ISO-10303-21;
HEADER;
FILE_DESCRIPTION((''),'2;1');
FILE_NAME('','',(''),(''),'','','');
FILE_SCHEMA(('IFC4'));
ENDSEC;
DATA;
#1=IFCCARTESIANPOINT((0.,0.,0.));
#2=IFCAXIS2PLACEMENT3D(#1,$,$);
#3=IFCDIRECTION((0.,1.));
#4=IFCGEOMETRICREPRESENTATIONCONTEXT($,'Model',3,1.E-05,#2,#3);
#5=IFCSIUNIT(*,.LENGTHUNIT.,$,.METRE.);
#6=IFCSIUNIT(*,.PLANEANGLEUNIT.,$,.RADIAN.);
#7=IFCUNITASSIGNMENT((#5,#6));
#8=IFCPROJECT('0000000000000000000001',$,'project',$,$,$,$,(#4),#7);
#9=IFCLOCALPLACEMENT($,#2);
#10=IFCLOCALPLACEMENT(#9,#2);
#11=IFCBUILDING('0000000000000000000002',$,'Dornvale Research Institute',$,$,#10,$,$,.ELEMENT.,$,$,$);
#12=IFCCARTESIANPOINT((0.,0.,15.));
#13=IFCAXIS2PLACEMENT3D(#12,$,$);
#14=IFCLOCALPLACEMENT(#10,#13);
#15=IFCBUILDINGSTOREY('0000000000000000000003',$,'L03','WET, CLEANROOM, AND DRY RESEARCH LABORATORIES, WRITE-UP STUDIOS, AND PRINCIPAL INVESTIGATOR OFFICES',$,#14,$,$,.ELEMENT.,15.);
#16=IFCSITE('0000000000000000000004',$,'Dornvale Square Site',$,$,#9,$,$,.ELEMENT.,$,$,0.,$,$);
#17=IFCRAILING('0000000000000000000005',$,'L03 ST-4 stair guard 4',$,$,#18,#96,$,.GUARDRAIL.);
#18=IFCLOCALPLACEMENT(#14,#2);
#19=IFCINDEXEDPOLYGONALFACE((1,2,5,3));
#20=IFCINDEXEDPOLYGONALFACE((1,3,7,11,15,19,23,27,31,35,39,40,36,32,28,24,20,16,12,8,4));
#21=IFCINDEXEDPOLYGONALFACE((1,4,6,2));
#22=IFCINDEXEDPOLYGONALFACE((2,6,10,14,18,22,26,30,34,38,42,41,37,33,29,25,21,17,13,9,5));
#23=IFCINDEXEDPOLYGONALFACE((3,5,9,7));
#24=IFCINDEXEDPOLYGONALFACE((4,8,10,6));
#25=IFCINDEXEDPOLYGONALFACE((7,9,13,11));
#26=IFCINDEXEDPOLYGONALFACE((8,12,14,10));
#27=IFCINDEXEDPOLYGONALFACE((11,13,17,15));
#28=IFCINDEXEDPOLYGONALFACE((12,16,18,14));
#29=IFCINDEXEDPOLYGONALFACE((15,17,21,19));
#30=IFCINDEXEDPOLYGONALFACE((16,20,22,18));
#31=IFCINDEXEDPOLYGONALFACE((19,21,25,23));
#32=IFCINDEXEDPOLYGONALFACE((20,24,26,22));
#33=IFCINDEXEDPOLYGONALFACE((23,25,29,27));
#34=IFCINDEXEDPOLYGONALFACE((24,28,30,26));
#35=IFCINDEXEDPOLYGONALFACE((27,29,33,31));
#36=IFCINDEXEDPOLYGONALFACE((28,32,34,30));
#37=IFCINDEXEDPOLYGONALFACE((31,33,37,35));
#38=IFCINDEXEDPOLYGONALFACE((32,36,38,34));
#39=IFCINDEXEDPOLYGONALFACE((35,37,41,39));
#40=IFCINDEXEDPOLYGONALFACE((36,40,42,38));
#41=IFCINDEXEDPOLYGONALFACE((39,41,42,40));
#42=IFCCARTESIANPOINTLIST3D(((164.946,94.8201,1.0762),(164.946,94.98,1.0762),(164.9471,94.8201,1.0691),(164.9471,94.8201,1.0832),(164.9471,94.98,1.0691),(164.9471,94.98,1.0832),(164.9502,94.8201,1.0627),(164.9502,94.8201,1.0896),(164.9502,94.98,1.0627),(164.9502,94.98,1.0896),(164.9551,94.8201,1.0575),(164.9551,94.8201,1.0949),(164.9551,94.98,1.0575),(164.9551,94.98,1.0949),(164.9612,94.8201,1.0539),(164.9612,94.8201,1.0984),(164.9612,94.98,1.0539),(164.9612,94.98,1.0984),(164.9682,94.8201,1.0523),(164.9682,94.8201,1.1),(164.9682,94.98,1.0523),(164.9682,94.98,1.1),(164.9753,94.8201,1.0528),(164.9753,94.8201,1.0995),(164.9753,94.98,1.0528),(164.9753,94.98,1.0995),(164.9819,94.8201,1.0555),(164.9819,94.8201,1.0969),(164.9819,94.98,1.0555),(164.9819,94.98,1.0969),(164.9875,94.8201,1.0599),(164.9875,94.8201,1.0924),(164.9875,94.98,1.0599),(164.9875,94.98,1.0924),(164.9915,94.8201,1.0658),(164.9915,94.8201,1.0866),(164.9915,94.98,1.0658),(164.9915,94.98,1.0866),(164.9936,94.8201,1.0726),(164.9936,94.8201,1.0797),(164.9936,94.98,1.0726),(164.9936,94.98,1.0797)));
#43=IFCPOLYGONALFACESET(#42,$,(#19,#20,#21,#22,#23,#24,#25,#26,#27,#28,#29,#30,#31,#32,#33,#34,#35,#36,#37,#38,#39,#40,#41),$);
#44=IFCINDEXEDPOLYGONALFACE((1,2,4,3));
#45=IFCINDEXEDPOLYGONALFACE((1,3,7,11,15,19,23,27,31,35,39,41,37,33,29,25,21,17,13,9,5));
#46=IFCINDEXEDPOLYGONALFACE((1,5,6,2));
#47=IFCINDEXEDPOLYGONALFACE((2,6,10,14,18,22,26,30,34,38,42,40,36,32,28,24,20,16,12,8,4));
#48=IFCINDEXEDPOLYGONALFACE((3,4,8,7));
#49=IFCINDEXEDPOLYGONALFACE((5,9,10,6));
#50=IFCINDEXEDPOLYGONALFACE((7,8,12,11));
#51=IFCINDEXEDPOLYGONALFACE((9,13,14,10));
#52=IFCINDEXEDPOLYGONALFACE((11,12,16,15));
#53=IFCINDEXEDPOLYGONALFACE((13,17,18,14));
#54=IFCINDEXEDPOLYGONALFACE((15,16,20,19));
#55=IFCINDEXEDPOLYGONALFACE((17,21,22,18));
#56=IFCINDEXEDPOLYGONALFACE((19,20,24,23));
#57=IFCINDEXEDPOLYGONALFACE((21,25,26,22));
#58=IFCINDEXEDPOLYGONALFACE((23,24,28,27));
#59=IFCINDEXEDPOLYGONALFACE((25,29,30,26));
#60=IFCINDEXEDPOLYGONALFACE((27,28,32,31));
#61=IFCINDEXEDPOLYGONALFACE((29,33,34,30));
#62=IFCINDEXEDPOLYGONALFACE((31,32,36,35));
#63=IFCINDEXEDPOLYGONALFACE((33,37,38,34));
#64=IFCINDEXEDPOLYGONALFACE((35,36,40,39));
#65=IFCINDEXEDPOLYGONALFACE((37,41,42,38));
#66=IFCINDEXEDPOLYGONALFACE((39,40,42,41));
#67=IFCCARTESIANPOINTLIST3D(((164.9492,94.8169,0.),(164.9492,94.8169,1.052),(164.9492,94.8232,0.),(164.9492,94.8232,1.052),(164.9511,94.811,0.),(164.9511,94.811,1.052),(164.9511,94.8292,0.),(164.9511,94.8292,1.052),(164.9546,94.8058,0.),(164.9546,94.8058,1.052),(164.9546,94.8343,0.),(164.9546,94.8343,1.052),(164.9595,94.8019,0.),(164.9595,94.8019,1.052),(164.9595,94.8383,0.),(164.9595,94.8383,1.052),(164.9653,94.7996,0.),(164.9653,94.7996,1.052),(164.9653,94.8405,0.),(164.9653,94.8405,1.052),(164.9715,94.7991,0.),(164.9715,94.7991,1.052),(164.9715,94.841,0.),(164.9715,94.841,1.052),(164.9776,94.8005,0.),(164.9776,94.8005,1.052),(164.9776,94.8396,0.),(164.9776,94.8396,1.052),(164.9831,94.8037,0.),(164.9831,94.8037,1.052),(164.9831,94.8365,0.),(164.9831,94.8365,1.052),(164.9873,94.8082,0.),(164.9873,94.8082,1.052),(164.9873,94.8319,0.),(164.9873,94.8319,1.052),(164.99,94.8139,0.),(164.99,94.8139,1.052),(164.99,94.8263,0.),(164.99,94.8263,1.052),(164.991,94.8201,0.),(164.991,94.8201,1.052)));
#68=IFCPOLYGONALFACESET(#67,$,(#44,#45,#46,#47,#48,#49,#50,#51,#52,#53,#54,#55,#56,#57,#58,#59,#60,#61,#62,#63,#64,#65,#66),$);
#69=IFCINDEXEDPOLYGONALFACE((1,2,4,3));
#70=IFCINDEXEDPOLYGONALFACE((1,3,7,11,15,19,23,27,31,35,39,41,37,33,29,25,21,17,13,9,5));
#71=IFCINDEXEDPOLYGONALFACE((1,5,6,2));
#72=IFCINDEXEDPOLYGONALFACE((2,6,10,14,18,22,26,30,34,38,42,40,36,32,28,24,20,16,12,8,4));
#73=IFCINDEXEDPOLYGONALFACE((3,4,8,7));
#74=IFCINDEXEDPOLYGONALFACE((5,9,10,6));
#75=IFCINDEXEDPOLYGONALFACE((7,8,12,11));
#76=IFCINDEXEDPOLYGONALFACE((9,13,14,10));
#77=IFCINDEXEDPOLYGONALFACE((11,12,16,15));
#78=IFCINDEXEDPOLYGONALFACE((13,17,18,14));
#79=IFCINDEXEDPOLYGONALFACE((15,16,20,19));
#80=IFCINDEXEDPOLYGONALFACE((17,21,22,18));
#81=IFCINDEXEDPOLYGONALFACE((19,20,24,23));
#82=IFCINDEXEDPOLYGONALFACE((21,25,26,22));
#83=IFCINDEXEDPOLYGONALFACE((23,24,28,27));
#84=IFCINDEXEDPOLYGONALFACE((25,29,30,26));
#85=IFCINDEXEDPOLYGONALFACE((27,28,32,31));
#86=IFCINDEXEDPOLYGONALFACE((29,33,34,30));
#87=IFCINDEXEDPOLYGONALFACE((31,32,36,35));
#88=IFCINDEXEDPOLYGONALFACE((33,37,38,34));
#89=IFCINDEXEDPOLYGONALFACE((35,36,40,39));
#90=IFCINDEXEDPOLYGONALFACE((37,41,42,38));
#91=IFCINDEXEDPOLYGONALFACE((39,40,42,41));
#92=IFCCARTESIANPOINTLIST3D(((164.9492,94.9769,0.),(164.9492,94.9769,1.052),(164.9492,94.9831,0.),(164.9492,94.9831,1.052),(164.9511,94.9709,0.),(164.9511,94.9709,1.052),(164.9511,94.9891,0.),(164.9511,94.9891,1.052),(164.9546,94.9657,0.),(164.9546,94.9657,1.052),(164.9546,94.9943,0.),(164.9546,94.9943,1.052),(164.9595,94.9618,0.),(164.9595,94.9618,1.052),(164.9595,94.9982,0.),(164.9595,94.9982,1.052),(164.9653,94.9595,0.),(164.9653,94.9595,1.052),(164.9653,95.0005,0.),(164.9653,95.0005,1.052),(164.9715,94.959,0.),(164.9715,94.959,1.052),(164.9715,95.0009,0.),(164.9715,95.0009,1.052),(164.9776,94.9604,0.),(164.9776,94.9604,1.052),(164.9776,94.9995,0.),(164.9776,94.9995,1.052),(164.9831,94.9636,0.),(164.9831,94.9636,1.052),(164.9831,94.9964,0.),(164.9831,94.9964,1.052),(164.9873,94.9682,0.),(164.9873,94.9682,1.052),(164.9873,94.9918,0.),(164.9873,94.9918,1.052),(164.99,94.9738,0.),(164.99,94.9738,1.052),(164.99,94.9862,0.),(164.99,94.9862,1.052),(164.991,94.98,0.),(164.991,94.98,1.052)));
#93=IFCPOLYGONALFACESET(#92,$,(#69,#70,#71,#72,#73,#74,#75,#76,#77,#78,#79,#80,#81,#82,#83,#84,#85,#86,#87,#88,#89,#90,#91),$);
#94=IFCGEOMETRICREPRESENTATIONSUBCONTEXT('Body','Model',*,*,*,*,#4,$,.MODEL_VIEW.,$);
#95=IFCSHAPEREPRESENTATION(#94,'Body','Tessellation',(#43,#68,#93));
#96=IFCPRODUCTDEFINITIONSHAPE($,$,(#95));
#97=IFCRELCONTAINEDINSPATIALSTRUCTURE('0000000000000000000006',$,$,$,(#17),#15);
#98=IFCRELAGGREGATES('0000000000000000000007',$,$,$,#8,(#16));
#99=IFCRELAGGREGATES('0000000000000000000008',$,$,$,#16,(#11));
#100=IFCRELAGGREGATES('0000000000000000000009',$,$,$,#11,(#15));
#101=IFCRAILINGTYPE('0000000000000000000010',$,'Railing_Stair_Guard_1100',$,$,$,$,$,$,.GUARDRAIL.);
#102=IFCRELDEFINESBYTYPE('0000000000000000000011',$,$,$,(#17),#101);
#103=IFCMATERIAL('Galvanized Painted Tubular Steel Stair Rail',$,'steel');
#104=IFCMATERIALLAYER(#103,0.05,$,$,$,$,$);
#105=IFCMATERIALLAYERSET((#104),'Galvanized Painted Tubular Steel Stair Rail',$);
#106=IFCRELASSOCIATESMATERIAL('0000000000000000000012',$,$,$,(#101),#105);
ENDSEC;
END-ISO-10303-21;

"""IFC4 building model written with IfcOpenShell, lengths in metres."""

from ifc_helpers import new_model, si_unit, direction, frame, origin, origin_2d, place, context, subcontext, project, spatial, circle, extrude, material, layer, layer_set, type_object, element, save


model = new_model("IFC4")

# Units and contexts
model_context = context("Model", 3, precision=1e-05, world=origin(), true_north=direction((0.0, 1.0)))
body_context = subcontext(model_context, "Body", "Model", "MODEL_VIEW")
ifc_project = project(units=[si_unit("LENGTHUNIT", "METRE"), si_unit("PLANEANGLEUNIT", "RADIAN")], contexts=[model_context])

# Site, building, storey
site_placement = place(None, origin())
site = spatial("IfcSite", under=ifc_project, at=site_placement, Name="Dornvale Square Site", CompositionType="ELEMENT", RefElevation=0.0)
building_placement = place(site_placement, origin())
building = spatial("IfcBuilding", under=site, at=building_placement, Name="Dornvale Research Institute", CompositionType="ELEMENT")
storey_placement = place(building_placement, frame((0.0, 0.0, 15.0)))
storey = spatial("IfcBuildingStorey", under=building, at=storey_placement, Name="L03", Description="WET, CLEANROOM, AND DRY RESEARCH LABORATORIES, WRITE-UP STUDIOS, AND PRINCIPAL INVESTIGATOR OFFICES", CompositionType="ELEMENT", Elevation=15.0)

# Railing
ifc_material_1 = material(Name="Galvanized Painted Tubular Steel Stair Rail", Category="steel")
ifc_layer_1 = layer(ifc_material_1, 0.05)
ifc_layer_set_1 = layer_set([ifc_layer_1], Name="Galvanized Painted Tubular Steel Stair Rail")
railing_type = type_object("IfcRailingType", Name="Railing_Stair_Guard_1100", PredefinedType="GUARDRAIL", material=ifc_layer_set_1)
railing_placement = place(storey_placement, frame((164.97, 94.8201, 0.0)))
element("IfcRailing", 1, at=railing_placement, inside=storey, type_object=railing_type, Name="L03 ST-4 stair guard 4", PredefinedType="GUARDRAIL", context=body_context, shape_type="SweptSolid", body=[
    extrude(circle(Radius=0.0239, at=origin_2d()), frame((0.0, 0.0, 1.0762), z_axis=(0.0, 1.0, 0.0), x_axis=(-1.0, 0.0, 0.0)), (0.0, 0.0, 1.0), 0.1599),
    extrude(circle(Radius=0.021, at=origin_2d()), origin(), (0.0, 0.0, 1.0), 1.052),
    extrude(circle(Radius=0.021, at=origin_2d()), frame((0.0, 0.1599, 0.0)), (0.0, 0.0, 1.0), 1.052),
])

save(model, "model.ifc")
